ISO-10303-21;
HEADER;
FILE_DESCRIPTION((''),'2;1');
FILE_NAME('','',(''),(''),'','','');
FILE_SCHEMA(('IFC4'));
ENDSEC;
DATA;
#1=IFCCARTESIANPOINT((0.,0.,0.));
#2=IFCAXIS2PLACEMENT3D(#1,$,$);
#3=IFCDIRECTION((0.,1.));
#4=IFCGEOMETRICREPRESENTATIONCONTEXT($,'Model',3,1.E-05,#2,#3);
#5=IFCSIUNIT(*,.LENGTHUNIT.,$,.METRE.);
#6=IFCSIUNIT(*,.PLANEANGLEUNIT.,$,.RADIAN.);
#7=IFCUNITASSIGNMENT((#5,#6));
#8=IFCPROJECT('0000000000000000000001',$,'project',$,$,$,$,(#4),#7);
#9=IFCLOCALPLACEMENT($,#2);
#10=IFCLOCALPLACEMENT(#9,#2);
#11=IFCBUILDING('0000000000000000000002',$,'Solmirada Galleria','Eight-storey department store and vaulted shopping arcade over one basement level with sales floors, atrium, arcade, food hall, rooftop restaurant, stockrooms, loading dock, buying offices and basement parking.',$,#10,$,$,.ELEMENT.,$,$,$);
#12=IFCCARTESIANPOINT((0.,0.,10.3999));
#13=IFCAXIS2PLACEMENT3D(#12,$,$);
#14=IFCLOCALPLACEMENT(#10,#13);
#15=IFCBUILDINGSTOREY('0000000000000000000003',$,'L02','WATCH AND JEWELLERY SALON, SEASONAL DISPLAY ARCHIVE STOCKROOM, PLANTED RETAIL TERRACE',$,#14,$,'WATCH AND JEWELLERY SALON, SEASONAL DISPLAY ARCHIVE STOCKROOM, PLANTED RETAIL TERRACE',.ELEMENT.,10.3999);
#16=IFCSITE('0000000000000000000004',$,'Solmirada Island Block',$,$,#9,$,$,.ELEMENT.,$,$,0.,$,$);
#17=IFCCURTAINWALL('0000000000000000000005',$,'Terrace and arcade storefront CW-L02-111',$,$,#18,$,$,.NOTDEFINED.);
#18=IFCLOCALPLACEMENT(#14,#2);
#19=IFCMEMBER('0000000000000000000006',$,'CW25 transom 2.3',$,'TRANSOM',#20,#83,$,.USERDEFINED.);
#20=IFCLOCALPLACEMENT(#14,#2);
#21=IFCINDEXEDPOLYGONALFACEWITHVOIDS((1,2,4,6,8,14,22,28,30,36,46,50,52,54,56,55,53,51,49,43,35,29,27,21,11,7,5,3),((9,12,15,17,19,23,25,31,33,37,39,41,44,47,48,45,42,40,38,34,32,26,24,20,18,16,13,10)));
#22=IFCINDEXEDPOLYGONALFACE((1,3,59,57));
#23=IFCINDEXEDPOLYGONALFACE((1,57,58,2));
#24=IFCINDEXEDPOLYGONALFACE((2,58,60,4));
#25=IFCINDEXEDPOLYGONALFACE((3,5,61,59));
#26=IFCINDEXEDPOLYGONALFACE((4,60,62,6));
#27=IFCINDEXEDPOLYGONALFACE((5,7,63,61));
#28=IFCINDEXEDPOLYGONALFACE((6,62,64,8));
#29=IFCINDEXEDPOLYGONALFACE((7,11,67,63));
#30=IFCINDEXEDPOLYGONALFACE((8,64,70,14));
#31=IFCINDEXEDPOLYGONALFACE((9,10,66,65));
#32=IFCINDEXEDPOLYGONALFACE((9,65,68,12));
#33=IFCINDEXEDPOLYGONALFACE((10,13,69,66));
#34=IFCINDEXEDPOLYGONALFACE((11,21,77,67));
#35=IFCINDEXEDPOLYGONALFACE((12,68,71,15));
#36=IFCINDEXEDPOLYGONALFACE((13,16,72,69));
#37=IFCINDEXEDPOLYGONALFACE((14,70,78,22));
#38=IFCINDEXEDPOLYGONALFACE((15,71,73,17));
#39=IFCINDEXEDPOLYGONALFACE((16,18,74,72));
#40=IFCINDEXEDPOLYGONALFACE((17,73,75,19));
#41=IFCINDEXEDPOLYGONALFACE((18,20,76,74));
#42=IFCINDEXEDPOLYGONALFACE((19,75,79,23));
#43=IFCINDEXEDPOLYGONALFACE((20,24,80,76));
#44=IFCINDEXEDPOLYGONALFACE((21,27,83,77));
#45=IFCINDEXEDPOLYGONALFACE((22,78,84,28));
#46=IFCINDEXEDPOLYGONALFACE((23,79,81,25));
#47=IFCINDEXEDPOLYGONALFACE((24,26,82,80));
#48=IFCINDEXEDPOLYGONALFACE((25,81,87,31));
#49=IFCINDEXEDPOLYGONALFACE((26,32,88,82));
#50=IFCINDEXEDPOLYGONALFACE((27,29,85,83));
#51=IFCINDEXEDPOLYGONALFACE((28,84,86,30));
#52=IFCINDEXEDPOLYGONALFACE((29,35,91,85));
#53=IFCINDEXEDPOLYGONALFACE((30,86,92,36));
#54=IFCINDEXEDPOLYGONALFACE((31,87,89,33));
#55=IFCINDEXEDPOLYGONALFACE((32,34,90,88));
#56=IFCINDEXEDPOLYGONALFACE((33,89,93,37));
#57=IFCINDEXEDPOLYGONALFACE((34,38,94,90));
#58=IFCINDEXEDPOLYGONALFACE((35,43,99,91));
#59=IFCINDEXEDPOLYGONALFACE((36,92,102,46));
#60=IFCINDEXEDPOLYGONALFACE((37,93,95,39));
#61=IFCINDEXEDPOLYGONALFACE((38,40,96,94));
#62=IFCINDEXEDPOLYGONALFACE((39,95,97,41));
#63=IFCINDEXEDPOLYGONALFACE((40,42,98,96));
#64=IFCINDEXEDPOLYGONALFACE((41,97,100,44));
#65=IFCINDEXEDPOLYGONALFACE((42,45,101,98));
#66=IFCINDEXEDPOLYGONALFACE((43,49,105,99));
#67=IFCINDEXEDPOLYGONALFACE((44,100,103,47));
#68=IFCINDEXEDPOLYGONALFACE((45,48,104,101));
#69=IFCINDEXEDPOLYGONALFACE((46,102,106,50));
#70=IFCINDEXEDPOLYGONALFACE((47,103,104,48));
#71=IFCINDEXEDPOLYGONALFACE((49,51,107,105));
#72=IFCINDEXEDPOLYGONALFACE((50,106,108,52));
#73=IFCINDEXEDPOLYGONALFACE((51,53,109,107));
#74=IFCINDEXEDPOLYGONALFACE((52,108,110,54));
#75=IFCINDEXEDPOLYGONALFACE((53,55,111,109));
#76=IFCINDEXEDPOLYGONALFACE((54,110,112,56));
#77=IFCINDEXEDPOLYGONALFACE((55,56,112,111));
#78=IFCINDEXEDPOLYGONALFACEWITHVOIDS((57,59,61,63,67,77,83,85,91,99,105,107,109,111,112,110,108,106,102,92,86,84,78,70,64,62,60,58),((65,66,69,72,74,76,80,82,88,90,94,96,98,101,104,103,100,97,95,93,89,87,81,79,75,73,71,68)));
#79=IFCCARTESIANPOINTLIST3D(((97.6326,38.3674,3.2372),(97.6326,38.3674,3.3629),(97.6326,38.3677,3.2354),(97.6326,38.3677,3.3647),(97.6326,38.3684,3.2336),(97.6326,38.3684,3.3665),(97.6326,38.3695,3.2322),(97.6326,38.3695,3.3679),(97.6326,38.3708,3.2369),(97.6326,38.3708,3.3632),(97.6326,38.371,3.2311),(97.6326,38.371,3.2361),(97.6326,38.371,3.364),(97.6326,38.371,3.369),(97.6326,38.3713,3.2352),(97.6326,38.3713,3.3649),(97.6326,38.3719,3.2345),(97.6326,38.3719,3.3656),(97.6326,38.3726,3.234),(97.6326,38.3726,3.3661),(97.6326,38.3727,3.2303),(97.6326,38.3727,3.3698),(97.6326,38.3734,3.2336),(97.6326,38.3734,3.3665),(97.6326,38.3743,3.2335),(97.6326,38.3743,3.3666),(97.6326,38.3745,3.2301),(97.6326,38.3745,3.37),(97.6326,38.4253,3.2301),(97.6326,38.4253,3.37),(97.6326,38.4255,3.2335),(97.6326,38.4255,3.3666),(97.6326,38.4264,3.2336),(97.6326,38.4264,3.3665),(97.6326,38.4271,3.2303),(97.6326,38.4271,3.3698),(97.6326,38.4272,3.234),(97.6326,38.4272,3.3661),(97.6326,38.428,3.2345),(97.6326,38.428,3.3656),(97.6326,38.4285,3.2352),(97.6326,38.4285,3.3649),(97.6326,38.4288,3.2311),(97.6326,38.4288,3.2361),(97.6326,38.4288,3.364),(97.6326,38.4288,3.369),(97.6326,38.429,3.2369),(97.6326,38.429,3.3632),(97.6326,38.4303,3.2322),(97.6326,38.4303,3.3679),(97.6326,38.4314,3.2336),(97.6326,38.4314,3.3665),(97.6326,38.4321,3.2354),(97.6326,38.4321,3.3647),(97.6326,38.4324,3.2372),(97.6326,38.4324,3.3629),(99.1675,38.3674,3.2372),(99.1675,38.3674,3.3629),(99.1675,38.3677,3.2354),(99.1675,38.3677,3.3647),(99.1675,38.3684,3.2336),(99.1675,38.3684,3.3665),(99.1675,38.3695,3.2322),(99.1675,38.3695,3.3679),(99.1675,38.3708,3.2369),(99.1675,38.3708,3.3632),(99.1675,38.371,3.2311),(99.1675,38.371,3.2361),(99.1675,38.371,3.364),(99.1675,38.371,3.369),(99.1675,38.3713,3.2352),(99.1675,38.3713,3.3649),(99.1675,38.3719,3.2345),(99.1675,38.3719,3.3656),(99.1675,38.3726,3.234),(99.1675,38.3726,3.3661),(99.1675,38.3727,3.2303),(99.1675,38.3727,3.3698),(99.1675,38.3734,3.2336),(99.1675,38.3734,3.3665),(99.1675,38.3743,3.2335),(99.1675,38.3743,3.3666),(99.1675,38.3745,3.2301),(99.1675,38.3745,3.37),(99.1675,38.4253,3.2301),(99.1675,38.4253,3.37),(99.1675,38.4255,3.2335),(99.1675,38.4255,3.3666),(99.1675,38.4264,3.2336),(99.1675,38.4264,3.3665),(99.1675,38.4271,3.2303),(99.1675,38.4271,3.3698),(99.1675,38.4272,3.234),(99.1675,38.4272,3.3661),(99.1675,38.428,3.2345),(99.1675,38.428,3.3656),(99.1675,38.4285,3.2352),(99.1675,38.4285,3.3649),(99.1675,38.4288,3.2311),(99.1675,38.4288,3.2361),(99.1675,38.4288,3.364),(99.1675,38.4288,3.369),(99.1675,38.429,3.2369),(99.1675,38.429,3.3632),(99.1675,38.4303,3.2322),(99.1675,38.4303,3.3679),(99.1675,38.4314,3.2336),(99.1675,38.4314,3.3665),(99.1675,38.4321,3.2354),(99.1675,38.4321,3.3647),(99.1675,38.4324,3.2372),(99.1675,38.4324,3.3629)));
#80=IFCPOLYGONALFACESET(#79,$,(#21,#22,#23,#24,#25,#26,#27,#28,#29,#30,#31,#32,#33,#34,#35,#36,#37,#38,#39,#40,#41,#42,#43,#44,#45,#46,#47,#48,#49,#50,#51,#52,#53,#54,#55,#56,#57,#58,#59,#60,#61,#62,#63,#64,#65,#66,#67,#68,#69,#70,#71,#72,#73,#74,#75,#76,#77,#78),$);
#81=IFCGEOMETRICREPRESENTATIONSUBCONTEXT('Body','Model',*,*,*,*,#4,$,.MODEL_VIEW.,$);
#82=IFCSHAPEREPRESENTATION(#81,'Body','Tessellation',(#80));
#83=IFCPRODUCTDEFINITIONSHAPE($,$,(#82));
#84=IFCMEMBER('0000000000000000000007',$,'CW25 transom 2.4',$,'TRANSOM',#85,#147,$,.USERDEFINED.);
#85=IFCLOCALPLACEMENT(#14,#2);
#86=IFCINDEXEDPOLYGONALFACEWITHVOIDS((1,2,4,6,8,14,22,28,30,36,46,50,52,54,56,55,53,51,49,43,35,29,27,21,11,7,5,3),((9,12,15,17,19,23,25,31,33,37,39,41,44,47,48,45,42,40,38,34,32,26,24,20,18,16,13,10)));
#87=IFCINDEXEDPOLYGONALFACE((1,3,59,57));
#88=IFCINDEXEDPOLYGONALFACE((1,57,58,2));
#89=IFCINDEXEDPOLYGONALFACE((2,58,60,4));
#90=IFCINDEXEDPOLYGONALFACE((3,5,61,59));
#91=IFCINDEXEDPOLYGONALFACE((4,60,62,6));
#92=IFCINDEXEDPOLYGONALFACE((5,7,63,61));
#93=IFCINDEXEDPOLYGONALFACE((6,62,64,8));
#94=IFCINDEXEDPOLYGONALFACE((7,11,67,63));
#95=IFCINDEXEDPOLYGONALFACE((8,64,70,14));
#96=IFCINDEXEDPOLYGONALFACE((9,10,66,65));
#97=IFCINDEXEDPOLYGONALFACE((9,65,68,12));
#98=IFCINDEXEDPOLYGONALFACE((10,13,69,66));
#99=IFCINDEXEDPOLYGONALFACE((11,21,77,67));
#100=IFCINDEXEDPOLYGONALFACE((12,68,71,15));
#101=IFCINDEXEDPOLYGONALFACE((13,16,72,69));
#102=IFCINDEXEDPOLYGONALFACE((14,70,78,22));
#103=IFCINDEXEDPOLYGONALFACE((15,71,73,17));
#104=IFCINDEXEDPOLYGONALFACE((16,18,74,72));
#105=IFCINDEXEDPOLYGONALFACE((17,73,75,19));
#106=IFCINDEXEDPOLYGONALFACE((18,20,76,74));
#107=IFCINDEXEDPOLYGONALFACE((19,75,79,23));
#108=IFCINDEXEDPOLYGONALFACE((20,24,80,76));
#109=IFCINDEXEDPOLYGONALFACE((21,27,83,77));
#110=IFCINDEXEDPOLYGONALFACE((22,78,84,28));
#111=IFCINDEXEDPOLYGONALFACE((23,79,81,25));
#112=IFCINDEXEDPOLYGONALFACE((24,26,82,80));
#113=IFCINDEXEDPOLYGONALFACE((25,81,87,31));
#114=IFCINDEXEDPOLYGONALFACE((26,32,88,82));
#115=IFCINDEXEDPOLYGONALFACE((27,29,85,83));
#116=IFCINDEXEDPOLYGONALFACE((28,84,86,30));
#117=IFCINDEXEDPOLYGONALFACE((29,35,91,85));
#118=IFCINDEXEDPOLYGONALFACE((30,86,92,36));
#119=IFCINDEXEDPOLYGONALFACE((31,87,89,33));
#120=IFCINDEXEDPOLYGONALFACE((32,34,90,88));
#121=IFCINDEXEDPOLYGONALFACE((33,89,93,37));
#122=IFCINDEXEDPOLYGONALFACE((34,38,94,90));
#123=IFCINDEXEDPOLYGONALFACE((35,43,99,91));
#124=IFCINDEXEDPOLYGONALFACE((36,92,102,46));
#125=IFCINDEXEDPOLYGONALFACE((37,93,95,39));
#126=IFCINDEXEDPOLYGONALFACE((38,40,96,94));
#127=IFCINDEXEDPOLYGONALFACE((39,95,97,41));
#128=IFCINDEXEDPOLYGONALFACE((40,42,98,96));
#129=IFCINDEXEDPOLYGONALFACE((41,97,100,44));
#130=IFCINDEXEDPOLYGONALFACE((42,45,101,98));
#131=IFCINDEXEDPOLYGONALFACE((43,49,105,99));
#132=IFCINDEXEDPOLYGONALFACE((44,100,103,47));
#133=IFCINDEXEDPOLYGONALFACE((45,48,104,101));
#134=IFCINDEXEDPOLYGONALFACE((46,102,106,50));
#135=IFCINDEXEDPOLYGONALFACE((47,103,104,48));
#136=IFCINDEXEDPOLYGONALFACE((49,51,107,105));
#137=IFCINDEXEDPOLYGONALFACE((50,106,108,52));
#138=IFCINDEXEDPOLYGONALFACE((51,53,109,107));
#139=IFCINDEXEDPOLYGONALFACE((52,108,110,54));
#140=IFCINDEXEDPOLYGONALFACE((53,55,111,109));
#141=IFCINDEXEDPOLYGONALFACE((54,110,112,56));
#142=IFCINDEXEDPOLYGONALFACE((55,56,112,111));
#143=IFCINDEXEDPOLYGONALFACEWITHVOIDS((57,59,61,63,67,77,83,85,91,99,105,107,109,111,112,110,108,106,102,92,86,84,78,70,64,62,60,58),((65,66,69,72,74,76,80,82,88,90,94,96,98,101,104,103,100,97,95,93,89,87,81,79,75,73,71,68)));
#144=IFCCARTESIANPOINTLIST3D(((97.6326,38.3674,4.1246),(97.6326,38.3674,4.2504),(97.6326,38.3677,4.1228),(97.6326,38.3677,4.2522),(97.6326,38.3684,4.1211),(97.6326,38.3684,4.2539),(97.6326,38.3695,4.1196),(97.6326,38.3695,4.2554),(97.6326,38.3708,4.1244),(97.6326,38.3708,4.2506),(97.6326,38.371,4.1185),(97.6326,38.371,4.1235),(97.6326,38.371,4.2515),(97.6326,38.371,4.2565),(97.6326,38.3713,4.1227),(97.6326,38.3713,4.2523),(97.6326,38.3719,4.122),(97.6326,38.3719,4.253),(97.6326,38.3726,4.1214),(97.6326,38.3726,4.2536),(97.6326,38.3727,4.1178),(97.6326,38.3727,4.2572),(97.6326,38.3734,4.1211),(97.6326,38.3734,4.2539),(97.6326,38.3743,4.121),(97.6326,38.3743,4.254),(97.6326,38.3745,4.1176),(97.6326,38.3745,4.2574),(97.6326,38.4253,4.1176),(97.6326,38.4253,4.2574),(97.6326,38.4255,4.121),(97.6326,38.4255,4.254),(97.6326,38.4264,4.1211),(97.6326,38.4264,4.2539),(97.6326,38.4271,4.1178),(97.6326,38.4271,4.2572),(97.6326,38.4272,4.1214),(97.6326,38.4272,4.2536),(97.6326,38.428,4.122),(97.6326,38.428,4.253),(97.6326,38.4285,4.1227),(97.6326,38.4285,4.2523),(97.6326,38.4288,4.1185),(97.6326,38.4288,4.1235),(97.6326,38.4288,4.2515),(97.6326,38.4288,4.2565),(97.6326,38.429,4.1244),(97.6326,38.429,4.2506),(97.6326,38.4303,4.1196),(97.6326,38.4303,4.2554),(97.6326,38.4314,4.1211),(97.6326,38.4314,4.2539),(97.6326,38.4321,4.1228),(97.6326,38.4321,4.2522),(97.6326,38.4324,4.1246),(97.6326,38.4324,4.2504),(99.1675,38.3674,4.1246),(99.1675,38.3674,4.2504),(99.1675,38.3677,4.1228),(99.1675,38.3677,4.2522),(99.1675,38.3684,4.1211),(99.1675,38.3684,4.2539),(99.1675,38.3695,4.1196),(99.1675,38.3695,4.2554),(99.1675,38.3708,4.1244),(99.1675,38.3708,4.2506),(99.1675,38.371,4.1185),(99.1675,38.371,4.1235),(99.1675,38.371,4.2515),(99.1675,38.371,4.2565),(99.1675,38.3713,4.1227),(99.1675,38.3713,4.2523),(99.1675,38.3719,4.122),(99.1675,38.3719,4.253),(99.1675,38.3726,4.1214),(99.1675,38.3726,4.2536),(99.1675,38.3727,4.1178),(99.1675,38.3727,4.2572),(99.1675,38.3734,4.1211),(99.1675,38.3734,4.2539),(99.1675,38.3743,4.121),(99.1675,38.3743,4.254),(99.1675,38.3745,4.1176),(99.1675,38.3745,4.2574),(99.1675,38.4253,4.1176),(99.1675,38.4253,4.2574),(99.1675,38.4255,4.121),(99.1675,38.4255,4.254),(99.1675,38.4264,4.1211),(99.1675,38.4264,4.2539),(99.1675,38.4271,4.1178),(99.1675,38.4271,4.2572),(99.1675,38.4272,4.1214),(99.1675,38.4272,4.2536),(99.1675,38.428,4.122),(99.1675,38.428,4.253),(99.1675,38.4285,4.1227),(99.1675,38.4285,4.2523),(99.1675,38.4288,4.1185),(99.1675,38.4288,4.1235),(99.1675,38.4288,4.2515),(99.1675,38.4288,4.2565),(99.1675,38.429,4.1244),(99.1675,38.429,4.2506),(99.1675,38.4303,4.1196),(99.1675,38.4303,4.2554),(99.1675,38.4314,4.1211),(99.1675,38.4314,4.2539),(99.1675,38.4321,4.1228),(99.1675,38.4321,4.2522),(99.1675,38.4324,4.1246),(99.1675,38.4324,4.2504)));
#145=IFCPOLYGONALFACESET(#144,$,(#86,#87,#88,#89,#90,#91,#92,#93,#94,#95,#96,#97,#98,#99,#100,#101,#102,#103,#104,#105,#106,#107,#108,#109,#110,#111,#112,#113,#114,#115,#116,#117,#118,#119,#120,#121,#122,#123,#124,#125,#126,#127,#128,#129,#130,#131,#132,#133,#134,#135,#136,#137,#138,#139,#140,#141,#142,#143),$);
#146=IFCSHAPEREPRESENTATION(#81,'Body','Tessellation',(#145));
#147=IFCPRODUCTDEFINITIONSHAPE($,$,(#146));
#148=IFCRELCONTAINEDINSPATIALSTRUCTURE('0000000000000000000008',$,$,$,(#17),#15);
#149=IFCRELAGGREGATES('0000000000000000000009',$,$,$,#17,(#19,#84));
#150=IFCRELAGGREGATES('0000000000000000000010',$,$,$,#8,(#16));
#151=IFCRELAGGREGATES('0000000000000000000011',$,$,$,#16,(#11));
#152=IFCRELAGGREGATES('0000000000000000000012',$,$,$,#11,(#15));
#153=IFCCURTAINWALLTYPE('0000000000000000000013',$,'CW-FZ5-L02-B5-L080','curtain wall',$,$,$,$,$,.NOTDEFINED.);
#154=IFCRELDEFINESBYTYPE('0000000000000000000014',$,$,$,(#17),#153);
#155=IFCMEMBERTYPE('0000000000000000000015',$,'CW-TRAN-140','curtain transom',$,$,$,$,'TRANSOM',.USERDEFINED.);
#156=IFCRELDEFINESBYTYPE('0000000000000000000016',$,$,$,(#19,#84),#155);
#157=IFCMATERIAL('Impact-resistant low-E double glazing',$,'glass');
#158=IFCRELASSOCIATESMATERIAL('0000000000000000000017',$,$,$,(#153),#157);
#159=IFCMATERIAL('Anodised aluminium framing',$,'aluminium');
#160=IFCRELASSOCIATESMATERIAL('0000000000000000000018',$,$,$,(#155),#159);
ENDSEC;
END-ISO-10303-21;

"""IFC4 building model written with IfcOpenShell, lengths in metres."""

from ifc_helpers import new_model, si_unit, direction, frame, origin, origin_2d, place, context, subcontext, project, spatial, hollow_rectangle, extrude, material, material_profile, profile_set, type_object, element, aggregate, save


model = new_model("IFC4")

# Units and contexts
model_context = context("Model", 3, precision=1e-05, world=origin(), true_north=direction((0.0, 1.0)))
body_context = subcontext(model_context, "Body", "Model", "MODEL_VIEW")
ifc_project = project(units=[si_unit("LENGTHUNIT", "METRE"), si_unit("PLANEANGLEUNIT", "RADIAN")], contexts=[model_context])

# Site, building, storey
site_placement = place(None, origin())
site = spatial("IfcSite", under=ifc_project, at=site_placement, Name="Solmirada Island Block", CompositionType="ELEMENT", RefElevation=0.0)
building_placement = place(site_placement, origin())
building = spatial("IfcBuilding", under=site, at=building_placement, Name="Solmirada Galleria", Description="Eight-storey department store and vaulted shopping arcade over one basement level with sales floors, atrium, arcade, food hall, rooftop restaurant, stockrooms, loading dock, buying offices and basement parking.", CompositionType="ELEMENT")
storey_placement = place(building_placement, frame((0.0, 0.0, 10.3999)))
storey = spatial("IfcBuildingStorey", under=building, at=storey_placement, Name="L02", Description="WATCH AND JEWELLERY SALON, SEASONAL DISPLAY ARCHIVE STOCKROOM, PLANTED RETAIL TERRACE", LongName="WATCH AND JEWELLERY SALON, SEASONAL DISPLAY ARCHIVE STOCKROOM, PLANTED RETAIL TERRACE", CompositionType="ELEMENT", Elevation=10.3999)

# Curtain wall, members
ifc_material_1 = material(Name="Impact-resistant low-E double glazing", Category="glass")
curtain_wall_type = type_object("IfcCurtainWallType", Name="CW-FZ5-L02-B5-L080", Description="curtain wall", PredefinedType="NOTDEFINED", material=ifc_material_1)
curtain_wall_placement = place(storey_placement, origin())
curtain_wall = element("IfcCurtainWall", 1, at=curtain_wall_placement, inside=storey, type_object=curtain_wall_type, Name="Terrace and arcade storefront CW-L02-111", PredefinedType="NOTDEFINED")
ifc_material_2 = material(Name="Anodised aluminium framing", Category="aluminium")
ifc_material_profile_1 = material_profile(ifc_material_2, hollow_rectangle(XDim=0.0649, YDim=0.1399, WallThickness=0.0034, InnerFilletRadius=0.0034, OuterFilletRadius=0.0071, at=origin_2d()), Name="ALU-TRAN-140X65")
ifc_profile_set_1 = profile_set([ifc_material_profile_1], Name="Anodised aluminium framing")
member_type_1 = type_object("IfcMemberType", Name="CW-TRAN-140", Description="curtain transom", ElementType="TRANSOM", PredefinedType="USERDEFINED", material=ifc_profile_set_1)
member_1_placement = place(storey_placement, frame((97.6326, 38.3999, 3.3), z_axis=(1.0, 0.0, 0.0), x_axis=(0.0, 1.0, 0.0)))
member_1 = element("IfcMember", 2, at=member_1_placement, type_object=member_type_1, Name="CW25 transom 2.3", ObjectType="TRANSOM", PredefinedType="USERDEFINED", context=body_context, shape_type="SweptSolid", body=[
    extrude(hollow_rectangle(XDim=0.0649, YDim=0.1399, WallThickness=0.0034, InnerFilletRadius=0.0034, OuterFilletRadius=0.0071, at=origin_2d()), origin(), (0.0, 0.0, 1.0), 1.5349),
])
member_2_placement = place(storey_placement, frame((97.6326, 38.3999, 4.1875), z_axis=(1.0, 0.0, 0.0), x_axis=(0.0, 1.0, 0.0)))
member_2 = element("IfcMember", 3, at=member_2_placement, type_object=member_type_1, Name="CW25 transom 2.4", ObjectType="TRANSOM", PredefinedType="USERDEFINED", context=body_context, shape_type="SweptSolid", body=[
    extrude(hollow_rectangle(XDim=0.0649, YDim=0.1399, WallThickness=0.0034, InnerFilletRadius=0.0034, OuterFilletRadius=0.0071, at=origin_2d()), origin(), (0.0, 0.0, 1.0), 1.5349),
])
aggregate(curtain_wall, [member_1, member_2])

save(model, "model.ifc")
